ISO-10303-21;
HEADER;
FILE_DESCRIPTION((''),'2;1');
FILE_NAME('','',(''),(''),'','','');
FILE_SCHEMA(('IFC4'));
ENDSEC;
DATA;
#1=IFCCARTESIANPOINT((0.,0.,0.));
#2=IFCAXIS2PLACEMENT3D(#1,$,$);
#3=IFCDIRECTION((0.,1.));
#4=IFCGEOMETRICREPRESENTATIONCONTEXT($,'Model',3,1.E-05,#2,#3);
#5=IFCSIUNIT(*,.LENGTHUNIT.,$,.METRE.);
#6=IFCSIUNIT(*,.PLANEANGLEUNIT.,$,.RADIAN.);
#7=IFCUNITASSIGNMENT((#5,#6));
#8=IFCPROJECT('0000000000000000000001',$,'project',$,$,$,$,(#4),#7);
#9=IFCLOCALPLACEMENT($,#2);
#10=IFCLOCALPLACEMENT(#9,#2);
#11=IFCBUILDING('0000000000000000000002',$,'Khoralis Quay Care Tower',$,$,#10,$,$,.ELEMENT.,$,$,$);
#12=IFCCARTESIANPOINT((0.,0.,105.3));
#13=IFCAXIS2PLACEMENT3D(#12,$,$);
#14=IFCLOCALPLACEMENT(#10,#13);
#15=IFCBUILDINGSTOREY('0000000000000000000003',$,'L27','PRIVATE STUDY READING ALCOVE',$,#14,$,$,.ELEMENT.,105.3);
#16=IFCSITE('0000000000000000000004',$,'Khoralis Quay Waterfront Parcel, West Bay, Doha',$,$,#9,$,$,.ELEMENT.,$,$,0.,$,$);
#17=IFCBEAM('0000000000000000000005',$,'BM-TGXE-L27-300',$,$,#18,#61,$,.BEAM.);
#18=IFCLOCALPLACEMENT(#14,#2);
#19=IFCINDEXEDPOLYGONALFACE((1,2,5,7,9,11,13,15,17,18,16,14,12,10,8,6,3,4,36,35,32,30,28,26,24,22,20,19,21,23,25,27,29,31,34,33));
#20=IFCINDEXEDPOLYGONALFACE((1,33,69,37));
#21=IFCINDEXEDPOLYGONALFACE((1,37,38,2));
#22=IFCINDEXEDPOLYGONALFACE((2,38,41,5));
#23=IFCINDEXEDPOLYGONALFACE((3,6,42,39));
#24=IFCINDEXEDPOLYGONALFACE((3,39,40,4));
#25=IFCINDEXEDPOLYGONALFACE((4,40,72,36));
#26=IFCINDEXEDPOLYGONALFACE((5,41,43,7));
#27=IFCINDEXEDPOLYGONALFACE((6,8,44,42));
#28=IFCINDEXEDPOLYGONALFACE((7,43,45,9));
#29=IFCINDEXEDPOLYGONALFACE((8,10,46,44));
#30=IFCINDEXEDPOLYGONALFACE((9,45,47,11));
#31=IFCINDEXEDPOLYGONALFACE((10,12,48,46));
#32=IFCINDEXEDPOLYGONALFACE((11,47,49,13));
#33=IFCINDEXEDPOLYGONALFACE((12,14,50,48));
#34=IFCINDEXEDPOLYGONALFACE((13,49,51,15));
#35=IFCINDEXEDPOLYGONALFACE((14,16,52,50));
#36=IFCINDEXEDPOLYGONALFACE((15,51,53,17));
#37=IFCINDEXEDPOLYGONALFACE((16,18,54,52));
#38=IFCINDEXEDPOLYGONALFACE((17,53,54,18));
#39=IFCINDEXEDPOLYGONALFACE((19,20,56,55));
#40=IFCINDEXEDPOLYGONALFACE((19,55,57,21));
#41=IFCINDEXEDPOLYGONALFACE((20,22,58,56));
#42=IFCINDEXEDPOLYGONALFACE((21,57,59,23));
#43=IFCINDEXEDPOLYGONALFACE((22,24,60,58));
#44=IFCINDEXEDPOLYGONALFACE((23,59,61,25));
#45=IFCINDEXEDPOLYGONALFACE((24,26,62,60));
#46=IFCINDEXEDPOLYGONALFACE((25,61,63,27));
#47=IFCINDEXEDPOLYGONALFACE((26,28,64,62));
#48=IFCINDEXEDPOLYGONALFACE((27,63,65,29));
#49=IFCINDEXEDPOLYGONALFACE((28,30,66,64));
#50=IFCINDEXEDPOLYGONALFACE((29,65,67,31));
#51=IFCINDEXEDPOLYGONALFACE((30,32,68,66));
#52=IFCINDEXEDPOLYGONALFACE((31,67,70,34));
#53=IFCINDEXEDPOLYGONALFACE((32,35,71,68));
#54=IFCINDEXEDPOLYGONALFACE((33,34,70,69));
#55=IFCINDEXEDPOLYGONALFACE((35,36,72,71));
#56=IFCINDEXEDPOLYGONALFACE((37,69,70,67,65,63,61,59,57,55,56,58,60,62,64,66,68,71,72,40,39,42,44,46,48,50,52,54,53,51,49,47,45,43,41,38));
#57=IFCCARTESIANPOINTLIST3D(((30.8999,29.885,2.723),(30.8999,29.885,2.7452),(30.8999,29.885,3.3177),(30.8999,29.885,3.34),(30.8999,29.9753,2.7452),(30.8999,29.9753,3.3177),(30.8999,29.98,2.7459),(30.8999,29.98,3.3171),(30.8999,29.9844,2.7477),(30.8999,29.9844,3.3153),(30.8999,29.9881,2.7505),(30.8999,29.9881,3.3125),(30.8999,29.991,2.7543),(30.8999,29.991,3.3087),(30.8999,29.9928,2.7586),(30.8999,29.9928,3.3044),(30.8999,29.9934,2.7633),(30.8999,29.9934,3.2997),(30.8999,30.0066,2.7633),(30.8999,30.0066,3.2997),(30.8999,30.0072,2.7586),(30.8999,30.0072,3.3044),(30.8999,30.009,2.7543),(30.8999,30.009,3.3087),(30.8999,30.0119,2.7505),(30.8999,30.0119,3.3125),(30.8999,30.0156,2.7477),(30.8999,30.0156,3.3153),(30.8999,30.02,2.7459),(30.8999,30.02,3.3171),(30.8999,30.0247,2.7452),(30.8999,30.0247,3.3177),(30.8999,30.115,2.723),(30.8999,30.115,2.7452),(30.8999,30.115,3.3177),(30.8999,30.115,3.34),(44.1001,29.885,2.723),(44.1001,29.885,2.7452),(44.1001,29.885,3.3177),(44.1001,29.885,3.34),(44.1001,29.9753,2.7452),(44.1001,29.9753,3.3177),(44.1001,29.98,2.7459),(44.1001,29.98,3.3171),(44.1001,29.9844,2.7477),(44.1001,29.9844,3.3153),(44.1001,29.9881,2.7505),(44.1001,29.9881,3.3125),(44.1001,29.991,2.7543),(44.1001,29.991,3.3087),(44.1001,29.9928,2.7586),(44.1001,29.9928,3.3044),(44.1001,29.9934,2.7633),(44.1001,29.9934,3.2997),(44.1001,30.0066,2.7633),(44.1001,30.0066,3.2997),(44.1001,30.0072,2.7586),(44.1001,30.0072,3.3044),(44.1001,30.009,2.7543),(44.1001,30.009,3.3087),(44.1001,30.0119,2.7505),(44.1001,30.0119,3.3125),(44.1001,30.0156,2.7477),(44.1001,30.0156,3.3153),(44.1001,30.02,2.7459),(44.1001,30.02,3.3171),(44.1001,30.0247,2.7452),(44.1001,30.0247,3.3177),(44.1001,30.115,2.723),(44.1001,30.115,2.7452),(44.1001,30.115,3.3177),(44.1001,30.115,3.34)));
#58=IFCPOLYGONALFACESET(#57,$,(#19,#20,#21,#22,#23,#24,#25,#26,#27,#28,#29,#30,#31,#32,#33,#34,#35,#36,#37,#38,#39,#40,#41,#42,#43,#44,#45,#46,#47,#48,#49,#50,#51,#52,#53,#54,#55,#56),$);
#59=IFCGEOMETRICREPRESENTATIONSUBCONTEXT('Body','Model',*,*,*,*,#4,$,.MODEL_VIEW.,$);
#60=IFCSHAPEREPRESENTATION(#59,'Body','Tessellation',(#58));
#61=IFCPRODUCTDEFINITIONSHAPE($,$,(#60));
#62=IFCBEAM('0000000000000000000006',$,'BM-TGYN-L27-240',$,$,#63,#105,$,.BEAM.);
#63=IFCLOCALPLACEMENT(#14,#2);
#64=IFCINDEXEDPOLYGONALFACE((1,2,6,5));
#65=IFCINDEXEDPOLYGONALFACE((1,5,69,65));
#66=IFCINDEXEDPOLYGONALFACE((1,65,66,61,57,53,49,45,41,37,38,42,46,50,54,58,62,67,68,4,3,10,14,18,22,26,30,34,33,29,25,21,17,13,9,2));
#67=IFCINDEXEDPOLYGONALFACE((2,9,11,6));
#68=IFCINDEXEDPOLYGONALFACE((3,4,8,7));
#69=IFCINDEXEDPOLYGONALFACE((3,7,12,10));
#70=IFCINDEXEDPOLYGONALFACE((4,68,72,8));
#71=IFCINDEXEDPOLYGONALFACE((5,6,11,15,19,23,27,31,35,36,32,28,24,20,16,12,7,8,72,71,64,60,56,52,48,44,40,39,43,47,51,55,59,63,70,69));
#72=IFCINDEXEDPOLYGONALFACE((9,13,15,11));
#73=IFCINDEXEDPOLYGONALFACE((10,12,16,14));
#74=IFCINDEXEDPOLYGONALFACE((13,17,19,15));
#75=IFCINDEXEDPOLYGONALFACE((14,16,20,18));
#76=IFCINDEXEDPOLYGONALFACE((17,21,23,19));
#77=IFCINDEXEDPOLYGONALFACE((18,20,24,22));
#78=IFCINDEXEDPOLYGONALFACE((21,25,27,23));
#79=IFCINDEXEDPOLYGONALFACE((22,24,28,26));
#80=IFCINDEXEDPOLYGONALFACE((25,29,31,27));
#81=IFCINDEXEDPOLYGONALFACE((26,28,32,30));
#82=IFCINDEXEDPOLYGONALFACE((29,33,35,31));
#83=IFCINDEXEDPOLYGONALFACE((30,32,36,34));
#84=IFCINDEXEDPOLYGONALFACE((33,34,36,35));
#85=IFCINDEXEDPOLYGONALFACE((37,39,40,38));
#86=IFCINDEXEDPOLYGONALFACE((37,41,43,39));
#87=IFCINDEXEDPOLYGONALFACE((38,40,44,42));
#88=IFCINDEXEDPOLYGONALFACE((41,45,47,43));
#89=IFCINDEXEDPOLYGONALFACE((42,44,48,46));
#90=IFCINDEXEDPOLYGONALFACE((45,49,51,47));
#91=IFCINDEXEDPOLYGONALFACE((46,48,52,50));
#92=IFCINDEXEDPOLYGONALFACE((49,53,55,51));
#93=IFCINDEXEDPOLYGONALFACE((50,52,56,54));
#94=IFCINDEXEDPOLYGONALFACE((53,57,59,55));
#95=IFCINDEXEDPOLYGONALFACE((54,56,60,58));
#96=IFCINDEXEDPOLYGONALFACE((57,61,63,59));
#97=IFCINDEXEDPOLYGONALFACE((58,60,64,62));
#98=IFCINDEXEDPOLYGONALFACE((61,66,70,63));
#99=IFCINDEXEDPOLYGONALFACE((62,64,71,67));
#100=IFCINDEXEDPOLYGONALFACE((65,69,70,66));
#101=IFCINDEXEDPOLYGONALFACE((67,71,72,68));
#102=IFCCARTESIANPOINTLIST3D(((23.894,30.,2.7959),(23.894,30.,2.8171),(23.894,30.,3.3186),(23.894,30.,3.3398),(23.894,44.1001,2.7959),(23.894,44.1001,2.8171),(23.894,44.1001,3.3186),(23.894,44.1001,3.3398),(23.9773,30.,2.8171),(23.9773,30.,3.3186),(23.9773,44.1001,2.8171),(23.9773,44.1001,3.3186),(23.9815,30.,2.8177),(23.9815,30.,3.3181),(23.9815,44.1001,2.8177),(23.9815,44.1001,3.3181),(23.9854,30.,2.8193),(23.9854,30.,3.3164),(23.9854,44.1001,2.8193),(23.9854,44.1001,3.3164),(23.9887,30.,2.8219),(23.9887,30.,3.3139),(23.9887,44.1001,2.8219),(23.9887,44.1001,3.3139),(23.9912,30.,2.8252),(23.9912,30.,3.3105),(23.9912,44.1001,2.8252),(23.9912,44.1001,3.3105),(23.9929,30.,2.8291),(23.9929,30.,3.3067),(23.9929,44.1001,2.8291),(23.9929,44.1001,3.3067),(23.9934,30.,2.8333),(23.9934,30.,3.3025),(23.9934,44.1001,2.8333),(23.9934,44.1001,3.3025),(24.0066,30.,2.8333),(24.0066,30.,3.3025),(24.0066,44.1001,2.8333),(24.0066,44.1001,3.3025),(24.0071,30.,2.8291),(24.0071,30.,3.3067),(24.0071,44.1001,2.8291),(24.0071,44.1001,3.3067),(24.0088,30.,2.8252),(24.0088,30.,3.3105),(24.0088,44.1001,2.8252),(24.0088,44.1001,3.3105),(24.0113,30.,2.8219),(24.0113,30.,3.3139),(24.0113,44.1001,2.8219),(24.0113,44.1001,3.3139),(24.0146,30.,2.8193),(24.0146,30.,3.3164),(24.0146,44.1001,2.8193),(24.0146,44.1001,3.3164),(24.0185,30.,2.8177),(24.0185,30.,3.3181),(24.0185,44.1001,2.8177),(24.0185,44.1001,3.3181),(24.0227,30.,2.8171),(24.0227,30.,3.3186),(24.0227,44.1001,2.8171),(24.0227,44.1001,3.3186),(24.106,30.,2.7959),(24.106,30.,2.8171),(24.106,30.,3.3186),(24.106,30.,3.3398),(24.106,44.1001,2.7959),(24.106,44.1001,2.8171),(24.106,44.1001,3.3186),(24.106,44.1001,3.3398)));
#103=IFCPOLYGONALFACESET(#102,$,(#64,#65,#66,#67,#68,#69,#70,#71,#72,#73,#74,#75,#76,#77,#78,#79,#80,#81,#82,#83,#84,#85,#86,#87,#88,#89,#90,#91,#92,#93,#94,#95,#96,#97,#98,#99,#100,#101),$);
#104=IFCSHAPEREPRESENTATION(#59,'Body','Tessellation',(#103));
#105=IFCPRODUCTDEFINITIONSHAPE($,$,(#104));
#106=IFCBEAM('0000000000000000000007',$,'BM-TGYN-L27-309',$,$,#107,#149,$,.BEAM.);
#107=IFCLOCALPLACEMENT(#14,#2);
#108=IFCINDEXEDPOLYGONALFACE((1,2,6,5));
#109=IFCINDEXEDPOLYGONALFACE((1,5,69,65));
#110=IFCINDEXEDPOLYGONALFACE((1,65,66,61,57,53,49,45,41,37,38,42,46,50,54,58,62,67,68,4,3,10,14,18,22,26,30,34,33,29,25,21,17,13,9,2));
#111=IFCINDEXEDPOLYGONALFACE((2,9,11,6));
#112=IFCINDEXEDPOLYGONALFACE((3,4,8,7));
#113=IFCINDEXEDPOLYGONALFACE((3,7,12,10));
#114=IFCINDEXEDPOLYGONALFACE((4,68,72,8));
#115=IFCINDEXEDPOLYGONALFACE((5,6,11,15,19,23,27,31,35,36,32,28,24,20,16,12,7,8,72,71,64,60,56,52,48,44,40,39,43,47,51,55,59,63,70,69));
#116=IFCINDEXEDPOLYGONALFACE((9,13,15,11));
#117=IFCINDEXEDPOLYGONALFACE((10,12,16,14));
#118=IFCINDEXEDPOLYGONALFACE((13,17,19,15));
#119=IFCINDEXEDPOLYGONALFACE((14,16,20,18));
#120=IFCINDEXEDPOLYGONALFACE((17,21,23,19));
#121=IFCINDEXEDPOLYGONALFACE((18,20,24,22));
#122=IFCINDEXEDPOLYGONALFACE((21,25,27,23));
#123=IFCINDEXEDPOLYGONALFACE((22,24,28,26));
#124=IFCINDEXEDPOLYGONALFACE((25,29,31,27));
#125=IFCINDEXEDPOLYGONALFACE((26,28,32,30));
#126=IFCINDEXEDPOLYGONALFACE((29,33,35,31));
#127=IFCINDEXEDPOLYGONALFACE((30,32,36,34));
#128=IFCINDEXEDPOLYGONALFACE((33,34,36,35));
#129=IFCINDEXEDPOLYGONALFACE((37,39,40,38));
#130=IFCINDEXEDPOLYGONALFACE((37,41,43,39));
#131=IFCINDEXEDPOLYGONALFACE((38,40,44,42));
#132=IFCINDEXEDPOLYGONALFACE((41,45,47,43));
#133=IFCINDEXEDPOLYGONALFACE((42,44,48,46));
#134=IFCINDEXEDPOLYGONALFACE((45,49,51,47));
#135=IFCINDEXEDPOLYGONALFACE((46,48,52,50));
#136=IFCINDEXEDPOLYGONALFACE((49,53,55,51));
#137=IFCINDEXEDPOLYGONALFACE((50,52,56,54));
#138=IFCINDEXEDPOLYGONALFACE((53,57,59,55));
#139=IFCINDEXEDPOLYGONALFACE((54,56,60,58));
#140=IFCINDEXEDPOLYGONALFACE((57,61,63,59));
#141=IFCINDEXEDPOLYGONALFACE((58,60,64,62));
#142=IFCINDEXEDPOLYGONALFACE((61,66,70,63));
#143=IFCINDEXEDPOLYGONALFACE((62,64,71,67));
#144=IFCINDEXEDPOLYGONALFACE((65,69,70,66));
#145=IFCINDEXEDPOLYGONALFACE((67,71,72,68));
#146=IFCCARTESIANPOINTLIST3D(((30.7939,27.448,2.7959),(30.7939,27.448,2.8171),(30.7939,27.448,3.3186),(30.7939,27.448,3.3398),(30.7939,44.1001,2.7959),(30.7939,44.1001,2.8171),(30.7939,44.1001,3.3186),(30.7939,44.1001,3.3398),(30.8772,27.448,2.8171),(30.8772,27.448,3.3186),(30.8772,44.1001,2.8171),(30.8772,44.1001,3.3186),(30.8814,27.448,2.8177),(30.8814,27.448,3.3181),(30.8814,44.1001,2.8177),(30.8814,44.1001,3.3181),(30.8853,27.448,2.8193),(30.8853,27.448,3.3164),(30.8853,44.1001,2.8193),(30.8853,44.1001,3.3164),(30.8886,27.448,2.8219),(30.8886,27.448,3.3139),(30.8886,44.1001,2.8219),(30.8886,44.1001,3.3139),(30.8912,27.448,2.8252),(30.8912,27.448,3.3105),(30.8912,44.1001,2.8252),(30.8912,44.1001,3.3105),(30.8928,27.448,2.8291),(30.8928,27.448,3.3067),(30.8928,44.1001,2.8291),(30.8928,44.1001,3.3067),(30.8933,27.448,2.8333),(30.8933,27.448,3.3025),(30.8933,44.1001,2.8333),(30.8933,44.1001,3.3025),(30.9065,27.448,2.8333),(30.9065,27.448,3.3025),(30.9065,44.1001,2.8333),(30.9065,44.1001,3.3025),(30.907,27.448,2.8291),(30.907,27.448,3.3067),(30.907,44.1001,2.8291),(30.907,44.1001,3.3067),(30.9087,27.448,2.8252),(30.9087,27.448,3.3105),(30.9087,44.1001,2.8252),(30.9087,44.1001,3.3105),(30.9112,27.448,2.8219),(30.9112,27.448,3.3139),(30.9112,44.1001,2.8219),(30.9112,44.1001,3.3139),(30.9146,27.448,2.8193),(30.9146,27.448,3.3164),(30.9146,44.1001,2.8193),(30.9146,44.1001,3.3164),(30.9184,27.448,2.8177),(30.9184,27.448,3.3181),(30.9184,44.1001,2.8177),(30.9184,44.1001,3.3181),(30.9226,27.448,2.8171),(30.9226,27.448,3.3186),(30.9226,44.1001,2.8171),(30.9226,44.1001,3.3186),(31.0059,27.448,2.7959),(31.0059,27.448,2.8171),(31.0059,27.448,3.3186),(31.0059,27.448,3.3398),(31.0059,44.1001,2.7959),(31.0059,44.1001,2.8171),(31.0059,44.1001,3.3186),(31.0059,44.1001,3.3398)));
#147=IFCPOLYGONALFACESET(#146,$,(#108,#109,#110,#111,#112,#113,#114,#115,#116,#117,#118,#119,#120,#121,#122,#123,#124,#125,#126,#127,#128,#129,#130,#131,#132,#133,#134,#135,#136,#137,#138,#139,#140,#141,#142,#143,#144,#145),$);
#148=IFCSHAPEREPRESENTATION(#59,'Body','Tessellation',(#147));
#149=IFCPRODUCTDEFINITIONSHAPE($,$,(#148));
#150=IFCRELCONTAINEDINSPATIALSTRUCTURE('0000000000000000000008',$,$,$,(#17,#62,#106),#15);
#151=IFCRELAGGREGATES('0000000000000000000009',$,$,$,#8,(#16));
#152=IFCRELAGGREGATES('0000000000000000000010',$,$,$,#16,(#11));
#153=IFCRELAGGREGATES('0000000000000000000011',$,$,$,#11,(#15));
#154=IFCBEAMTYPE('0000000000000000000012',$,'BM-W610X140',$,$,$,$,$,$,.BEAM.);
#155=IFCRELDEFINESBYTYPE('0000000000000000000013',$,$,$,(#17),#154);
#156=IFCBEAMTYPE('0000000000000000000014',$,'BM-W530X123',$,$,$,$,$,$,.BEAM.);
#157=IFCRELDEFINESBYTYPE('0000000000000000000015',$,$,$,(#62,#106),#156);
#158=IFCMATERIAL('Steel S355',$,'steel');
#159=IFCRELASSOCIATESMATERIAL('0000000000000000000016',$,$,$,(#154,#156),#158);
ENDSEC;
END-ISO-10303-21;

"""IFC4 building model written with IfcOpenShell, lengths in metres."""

from ifc_helpers import new_model, si_unit, direction, frame, origin, origin_2d, place, context, subcontext, project, spatial, i_section, extrude, source, transform, mapped, material, material_profile, profile_set, type_object, element, save


model = new_model("IFC4")

# Units and contexts
model_context = context("Model", 3, precision=1e-05, world=origin(), true_north=direction((0.0, 1.0)))
body_context = subcontext(model_context, "Body", "Model", "MODEL_VIEW")
ifc_project = project(units=[si_unit("LENGTHUNIT", "METRE"), si_unit("PLANEANGLEUNIT", "RADIAN")], contexts=[model_context])

# Site, building, storey
site_placement = place(None, origin())
site = spatial("IfcSite", under=ifc_project, at=site_placement, Name="Khoralis Quay Waterfront Parcel, West Bay, Doha", CompositionType="ELEMENT", RefElevation=0.0)
building_placement = place(site_placement, origin())
building = spatial("IfcBuilding", under=site, at=building_placement, Name="Khoralis Quay Care Tower", CompositionType="ELEMENT")
storey_placement = place(building_placement, frame((0.0, 0.0, 105.3)))
storey = spatial("IfcBuildingStorey", under=building, at=storey_placement, Name="L27", Description="PRIVATE STUDY READING ALCOVE", CompositionType="ELEMENT", Elevation=105.3)

# Beams
ifc_material_1 = material(Name="Steel S355", Category="steel")
ifc_material_profile_1 = material_profile(ifc_material_1, i_section(OverallWidth=0.23, OverallDepth=0.6169, WebThickness=0.0132, FlangeThickness=0.0222, FilletRadius=0.0181, at=origin_2d()), Name="Steel S355")
ifc_profile_set_1 = profile_set([ifc_material_profile_1], Name="Steel S355")
beam_type_1 = type_object("IfcBeamType", Name="BM-W610X140", PredefinedType="BEAM", material=ifc_profile_set_1)
shared_shape_1 = source(origin(), body_context, "Body", "SweptSolid", [
    extrude(i_section(OverallWidth=0.23, OverallDepth=0.6169, WebThickness=0.0132, FlangeThickness=0.0222, FilletRadius=0.0181, at=origin_2d()), origin(), (0.0, 0.0, 1.0), 13.2002),
])
beam_1_placement = place(storey_placement, frame((30.8999, 30.0, 3.0315), z_axis=(1.0, 0.0, 0.0), x_axis=(0.0, 1.0, 0.0)))
element("IfcBeam", 1, at=beam_1_placement, inside=storey, type_object=beam_type_1, Name="BM-TGXE-L27-300", PredefinedType="BEAM", context=body_context, shape_type="MappedRepresentation", body=[
    mapped(shared_shape_1, transform((0.0, 0.0, 0.0), scale=1.0)),
])
ifc_material_profile_2 = material_profile(ifc_material_1, i_section(OverallWidth=0.2119, OverallDepth=0.5439, WebThickness=0.0132, FlangeThickness=0.0212, FilletRadius=0.0161, at=origin_2d()), Name="Steel S355")
ifc_profile_set_2 = profile_set([ifc_material_profile_2], Name="Steel S355")
beam_type_2 = type_object("IfcBeamType", Name="BM-W530X123", PredefinedType="BEAM", material=ifc_profile_set_2)
shared_shape_2 = source(origin(), body_context, "Body", "SweptSolid", [
    extrude(i_section(OverallWidth=0.2119, OverallDepth=0.5439, WebThickness=0.0132, FlangeThickness=0.0212, FilletRadius=0.0161, at=origin_2d()), origin(), (0.0, 0.0, 1.0), 14.1001),
])
beam_2_placement = place(storey_placement, frame((24.0, 30.0, 3.0679), z_axis=(0.0, 1.0, 0.0), x_axis=(-1.0, 0.0, 0.0)))
element("IfcBeam", 2, at=beam_2_placement, inside=storey, type_object=beam_type_2, Name="BM-TGYN-L27-240", PredefinedType="BEAM", context=body_context, shape_type="MappedRepresentation", body=[
    mapped(shared_shape_2, transform((0.0, 0.0, 0.0), scale=1.0)),
])
shared_shape_3 = source(origin(), body_context, "Body", "SweptSolid", [
    extrude(i_section(OverallWidth=0.2119, OverallDepth=0.5439, WebThickness=0.0132, FlangeThickness=0.0212, FilletRadius=0.0161, at=origin_2d()), origin(), (0.0, 0.0, 1.0), 16.6521),
])
beam_3_placement = place(storey_placement, frame((30.8999, 27.448, 3.0679), z_axis=(0.0, 1.0, 0.0), x_axis=(-1.0, 0.0, 0.0)))
element("IfcBeam", 3, at=beam_3_placement, inside=storey, type_object=beam_type_2, Name="BM-TGYN-L27-309", PredefinedType="BEAM", context=body_context, shape_type="MappedRepresentation", body=[
    mapped(shared_shape_3, transform((0.0, 0.0, 0.0), scale=1.0)),
])

save(model, "model.ifc")
